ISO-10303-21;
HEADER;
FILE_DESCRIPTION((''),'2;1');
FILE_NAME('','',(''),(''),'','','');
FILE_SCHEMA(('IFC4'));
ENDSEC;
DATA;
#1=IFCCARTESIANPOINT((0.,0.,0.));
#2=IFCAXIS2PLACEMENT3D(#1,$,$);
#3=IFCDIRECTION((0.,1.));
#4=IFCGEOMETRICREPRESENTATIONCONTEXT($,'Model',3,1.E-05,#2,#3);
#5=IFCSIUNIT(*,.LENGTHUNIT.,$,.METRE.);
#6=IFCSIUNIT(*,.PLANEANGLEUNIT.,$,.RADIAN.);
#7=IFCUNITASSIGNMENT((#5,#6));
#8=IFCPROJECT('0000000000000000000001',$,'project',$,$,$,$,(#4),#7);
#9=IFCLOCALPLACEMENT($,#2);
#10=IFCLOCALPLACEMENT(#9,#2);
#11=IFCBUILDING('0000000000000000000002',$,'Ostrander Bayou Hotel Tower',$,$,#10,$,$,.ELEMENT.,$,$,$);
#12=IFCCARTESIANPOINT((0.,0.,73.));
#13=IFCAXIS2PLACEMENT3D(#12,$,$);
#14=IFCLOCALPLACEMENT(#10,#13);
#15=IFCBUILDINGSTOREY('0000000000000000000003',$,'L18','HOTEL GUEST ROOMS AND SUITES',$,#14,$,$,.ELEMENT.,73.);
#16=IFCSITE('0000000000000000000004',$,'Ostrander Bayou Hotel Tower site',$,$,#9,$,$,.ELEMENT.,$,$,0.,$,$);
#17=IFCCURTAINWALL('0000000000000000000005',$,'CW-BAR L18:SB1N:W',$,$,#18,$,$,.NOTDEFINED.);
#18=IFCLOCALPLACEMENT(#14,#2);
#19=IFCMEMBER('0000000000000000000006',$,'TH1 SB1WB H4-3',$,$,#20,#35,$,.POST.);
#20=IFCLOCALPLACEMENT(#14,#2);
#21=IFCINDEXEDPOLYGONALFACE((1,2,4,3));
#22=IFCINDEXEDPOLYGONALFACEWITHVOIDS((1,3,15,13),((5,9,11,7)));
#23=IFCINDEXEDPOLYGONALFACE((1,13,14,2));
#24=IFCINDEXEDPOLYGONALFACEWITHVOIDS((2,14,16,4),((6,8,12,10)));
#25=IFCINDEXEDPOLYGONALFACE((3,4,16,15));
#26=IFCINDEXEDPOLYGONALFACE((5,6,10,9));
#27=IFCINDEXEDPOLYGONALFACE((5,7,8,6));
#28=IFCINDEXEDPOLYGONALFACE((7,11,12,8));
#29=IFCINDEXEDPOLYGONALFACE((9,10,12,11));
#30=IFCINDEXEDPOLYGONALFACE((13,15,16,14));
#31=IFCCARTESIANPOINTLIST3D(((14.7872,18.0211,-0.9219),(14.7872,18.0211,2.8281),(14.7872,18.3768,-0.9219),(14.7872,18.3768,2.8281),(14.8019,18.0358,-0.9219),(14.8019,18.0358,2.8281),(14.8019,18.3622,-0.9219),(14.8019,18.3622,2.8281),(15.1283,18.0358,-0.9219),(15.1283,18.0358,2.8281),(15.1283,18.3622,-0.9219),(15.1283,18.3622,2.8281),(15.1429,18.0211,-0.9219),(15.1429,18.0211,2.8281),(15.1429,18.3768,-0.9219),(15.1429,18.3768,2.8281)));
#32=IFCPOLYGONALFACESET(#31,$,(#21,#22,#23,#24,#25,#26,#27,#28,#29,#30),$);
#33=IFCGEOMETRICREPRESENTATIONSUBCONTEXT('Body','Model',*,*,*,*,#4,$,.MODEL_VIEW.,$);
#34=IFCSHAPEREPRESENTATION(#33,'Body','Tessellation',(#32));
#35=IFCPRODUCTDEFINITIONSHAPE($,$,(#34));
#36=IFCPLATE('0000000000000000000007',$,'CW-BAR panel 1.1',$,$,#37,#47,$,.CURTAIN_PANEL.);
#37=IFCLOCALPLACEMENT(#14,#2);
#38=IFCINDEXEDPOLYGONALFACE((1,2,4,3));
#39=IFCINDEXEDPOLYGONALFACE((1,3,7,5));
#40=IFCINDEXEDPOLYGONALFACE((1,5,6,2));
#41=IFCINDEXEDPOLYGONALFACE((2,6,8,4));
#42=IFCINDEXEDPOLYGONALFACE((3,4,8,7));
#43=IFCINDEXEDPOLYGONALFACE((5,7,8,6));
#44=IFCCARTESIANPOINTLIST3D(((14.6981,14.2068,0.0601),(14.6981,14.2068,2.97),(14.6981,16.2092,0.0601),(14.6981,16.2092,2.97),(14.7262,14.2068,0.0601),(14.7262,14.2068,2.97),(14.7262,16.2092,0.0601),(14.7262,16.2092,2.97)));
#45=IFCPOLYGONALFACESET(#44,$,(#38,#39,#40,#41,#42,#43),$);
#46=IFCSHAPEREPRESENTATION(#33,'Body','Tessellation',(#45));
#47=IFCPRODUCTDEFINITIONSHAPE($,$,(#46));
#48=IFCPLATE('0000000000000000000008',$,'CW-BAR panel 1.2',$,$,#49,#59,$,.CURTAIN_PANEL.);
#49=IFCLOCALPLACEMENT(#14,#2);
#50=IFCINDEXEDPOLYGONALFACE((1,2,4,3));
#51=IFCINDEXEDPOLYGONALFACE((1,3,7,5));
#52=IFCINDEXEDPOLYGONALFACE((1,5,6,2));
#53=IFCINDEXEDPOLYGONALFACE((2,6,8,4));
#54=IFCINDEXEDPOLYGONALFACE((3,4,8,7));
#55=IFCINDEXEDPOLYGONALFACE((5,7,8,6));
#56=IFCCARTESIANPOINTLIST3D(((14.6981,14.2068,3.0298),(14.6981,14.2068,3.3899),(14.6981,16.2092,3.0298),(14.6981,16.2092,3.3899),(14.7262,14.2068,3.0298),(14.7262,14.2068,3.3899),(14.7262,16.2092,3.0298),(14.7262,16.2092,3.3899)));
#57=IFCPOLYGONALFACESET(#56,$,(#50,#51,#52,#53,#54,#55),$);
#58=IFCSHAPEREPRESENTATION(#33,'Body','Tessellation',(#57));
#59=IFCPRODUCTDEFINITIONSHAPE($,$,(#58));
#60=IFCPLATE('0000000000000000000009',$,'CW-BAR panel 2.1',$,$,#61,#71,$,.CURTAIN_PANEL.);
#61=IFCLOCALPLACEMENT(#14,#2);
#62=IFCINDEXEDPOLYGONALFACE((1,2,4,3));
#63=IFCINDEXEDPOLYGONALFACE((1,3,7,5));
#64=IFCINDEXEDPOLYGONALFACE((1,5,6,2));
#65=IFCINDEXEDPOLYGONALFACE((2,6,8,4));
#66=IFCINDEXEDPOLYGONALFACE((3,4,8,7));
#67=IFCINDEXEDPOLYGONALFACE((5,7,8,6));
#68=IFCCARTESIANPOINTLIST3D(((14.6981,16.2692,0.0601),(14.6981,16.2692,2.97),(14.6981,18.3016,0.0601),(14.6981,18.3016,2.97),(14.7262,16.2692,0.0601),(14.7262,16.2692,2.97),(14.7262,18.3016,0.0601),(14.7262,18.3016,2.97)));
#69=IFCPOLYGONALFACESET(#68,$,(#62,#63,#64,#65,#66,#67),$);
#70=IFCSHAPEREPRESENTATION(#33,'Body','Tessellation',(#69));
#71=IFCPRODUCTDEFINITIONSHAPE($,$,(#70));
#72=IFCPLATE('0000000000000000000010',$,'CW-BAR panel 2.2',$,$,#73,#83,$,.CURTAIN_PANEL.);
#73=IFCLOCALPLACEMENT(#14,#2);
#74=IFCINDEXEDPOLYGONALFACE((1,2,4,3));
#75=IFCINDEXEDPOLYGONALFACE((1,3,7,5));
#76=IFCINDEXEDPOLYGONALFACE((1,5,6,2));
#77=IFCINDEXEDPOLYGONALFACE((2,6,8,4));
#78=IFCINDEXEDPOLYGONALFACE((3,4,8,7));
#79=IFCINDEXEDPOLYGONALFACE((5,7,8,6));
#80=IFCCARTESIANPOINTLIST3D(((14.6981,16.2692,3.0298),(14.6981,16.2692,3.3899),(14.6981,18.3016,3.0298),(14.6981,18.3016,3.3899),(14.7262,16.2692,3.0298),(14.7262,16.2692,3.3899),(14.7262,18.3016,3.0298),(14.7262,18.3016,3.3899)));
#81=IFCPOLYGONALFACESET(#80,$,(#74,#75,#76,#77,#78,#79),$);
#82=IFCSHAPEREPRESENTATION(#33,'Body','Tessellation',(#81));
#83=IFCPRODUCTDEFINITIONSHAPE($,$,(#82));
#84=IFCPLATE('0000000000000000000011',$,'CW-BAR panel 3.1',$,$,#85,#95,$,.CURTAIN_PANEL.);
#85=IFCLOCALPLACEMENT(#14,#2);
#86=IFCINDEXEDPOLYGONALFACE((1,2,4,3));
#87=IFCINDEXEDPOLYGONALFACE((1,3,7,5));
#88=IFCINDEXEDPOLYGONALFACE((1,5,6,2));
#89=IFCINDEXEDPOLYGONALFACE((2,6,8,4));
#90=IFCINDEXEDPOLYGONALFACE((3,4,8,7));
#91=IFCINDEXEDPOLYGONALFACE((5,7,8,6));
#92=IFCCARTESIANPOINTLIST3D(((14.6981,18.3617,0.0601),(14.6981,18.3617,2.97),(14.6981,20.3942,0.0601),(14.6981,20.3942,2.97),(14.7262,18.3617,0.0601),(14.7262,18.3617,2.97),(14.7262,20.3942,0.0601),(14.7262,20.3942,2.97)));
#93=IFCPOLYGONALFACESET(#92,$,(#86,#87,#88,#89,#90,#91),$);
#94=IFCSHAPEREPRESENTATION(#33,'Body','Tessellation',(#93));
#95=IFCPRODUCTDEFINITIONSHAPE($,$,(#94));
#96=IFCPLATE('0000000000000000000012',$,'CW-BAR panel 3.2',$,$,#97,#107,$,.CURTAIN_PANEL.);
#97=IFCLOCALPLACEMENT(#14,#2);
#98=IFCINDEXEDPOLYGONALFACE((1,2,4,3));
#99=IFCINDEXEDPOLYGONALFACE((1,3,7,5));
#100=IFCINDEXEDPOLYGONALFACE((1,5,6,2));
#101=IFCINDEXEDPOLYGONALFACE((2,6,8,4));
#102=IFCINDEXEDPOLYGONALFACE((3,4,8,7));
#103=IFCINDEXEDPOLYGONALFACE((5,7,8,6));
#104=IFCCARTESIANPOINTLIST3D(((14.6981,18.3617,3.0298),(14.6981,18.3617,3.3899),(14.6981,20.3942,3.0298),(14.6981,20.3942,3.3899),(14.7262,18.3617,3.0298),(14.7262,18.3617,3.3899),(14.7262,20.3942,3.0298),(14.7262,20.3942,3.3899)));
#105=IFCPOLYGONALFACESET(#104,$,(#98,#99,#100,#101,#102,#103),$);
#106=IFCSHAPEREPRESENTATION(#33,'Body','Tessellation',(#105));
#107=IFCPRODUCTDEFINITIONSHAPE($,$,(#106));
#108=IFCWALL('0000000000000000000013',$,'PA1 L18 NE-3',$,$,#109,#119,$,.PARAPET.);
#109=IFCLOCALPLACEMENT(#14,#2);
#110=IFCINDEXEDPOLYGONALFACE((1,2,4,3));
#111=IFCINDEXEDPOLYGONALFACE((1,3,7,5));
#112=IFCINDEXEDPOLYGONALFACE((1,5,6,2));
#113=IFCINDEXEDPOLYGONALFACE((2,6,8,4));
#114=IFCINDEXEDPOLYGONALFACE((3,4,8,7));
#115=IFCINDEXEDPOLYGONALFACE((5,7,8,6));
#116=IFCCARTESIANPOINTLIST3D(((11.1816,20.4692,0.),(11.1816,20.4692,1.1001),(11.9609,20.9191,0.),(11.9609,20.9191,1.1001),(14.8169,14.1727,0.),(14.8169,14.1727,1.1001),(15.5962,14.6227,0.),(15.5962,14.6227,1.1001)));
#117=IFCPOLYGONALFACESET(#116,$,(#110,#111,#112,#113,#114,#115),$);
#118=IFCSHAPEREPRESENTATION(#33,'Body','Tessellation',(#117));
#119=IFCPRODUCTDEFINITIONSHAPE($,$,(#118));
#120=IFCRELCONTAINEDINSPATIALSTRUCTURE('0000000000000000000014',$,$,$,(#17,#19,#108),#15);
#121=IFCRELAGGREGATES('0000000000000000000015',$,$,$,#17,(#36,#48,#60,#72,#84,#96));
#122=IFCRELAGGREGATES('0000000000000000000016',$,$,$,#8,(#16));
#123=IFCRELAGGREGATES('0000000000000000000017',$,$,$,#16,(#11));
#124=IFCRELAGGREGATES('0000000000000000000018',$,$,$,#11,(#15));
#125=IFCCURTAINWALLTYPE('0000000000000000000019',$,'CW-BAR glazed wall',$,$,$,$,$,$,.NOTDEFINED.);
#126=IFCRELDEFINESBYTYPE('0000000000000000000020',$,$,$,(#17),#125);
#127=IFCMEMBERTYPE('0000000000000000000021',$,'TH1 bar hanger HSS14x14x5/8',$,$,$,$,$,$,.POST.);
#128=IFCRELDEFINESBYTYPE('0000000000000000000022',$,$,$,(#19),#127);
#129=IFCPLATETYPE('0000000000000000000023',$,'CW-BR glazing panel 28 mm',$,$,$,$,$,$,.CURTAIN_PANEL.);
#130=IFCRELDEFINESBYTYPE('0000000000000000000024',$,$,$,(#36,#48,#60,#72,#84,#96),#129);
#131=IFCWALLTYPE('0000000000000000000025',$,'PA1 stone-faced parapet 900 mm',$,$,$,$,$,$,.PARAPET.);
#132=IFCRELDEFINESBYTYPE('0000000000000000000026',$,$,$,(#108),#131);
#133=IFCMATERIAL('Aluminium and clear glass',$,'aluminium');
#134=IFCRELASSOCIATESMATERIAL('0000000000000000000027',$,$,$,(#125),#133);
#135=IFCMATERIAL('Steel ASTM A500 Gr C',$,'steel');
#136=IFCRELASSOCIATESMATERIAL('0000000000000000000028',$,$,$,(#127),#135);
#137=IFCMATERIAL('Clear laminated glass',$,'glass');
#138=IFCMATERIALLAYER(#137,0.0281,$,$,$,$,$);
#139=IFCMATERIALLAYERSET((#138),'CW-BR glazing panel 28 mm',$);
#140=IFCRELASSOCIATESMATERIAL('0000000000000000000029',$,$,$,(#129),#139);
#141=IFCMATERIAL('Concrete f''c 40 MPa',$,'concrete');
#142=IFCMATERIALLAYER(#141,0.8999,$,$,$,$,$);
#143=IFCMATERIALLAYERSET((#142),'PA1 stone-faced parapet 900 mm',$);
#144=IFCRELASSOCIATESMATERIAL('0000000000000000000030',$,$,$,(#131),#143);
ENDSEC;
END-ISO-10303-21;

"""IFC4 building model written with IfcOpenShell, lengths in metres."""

from ifc_helpers import new_model, si_unit, direction, frame, frame_2d, origin, origin_2d, place, context, subcontext, project, spatial, rectangle, hollow_rectangle, extrude, material, layer, layer_set, material_profile, profile_set, type_object, element, aggregate, save


model = new_model("IFC4")

# Units and contexts
model_context = context("Model", 3, precision=1e-05, world=origin(), true_north=direction((0.0, 1.0)))
body_context = subcontext(model_context, "Body", "Model", "MODEL_VIEW")
ifc_project = project(units=[si_unit("LENGTHUNIT", "METRE"), si_unit("PLANEANGLEUNIT", "RADIAN")], contexts=[model_context])

# Site, building, storey
site_placement = place(None, origin())
site = spatial("IfcSite", under=ifc_project, at=site_placement, Name="Ostrander Bayou Hotel Tower site", CompositionType="ELEMENT", RefElevation=0.0)
building_placement = place(site_placement, origin())
building = spatial("IfcBuilding", under=site, at=building_placement, Name="Ostrander Bayou Hotel Tower", CompositionType="ELEMENT")
storey_placement = place(building_placement, frame((0.0, 0.0, 73.0)))
storey = spatial("IfcBuildingStorey", under=building, at=storey_placement, Name="L18", Description="HOTEL GUEST ROOMS AND SUITES", CompositionType="ELEMENT", Elevation=73.0)

# Curtain wall
ifc_material_1 = material(Name="Aluminium and clear glass", Category="aluminium")
curtain_wall_type = type_object("IfcCurtainWallType", Name="CW-BAR glazed wall", PredefinedType="NOTDEFINED", material=ifc_material_1)
curtain_wall_placement = place(storey_placement, origin())
curtain_wall = element("IfcCurtainWall", 1, at=curtain_wall_placement, inside=storey, type_object=curtain_wall_type, Name="CW-BAR L18:SB1N:W", PredefinedType="NOTDEFINED")

# Member
ifc_material_2 = material(Name="Steel ASTM A500 Gr C", Category="steel")
ifc_material_profile_1 = material_profile(ifc_material_2, hollow_rectangle(XDim=0.3557, YDim=0.3557, WallThickness=0.0146, at=origin_2d()))
ifc_profile_set_1 = profile_set([ifc_material_profile_1], Name="Steel ASTM A500 Gr C")
member_type_1 = type_object("IfcMemberType", Name="TH1 bar hanger HSS14x14x5/8", PredefinedType="POST", material=ifc_profile_set_1)
member_1_placement = place(storey_placement, frame((14.9651, 18.199, -0.9219), z_axis=(0.0, 0.0, 1.0), x_axis=(1.0, 0.0, 0.0)))
element("IfcMember", 2, at=member_1_placement, inside=storey, type_object=member_type_1, Name="TH1 SB1WB H4-3", PredefinedType="POST", context=body_context, shape_type="SweptSolid", body=[
    extrude(hollow_rectangle(XDim=0.3557, YDim=0.3557, WallThickness=0.0146, at=origin_2d()), origin(), (0.0, 0.0, 1.0), 3.75),
])

# Plates
ifc_material_3 = material(Name="Clear laminated glass", Category="glass")
ifc_layer_1 = layer(ifc_material_3, 0.0281)
ifc_layer_set_1 = layer_set([ifc_layer_1], Name="CW-BR glazing panel 28 mm")
plate_type = type_object("IfcPlateType", Name="CW-BR glazing panel 28 mm", PredefinedType="CURTAIN_PANEL", material=ifc_layer_set_1)
plate_1_placement = place(storey_placement, frame((14.7122, 15.208, 0.0601), z_axis=(0.0, 0.0, 1.0), x_axis=(0.0, 1.0, 0.0)))
plate_1 = element("IfcPlate", 3, at=plate_1_placement, type_object=plate_type, Name="CW-BAR panel 1.1", PredefinedType="CURTAIN_PANEL", context=body_context, shape_type="SweptSolid", body=[
    extrude(rectangle(XDim=2.0024, YDim=0.0281, at=origin_2d()), origin(), (0.0, 0.0, 1.0), 2.9099),
])
plate_2_placement = place(storey_placement, frame((14.7122, 15.208, 3.0298), z_axis=(0.0, 0.0, 1.0), x_axis=(0.0, 1.0, 0.0)))
plate_2 = element("IfcPlate", 4, at=plate_2_placement, type_object=plate_type, Name="CW-BAR panel 1.2", PredefinedType="CURTAIN_PANEL", context=body_context, shape_type="SweptSolid", body=[
    extrude(rectangle(XDim=2.0024, YDim=0.0281, at=origin_2d()), origin(), (0.0, 0.0, 1.0), 0.3601),
])
plate_3_placement = place(storey_placement, frame((14.7122, 17.2854, 0.0601), z_axis=(0.0, 0.0, 1.0), x_axis=(0.0, 1.0, 0.0)))
plate_3 = element("IfcPlate", 5, at=plate_3_placement, type_object=plate_type, Name="CW-BAR panel 2.1", PredefinedType="CURTAIN_PANEL", context=body_context, shape_type="SweptSolid", body=[
    extrude(rectangle(XDim=2.0325, YDim=0.0281, at=origin_2d()), origin(), (0.0, 0.0, 1.0), 2.9099),
])
plate_4_placement = place(storey_placement, frame((14.7122, 17.2854, 3.0298), z_axis=(0.0, 0.0, 1.0), x_axis=(0.0, 1.0, 0.0)))
plate_4 = element("IfcPlate", 6, at=plate_4_placement, type_object=plate_type, Name="CW-BAR panel 2.2", PredefinedType="CURTAIN_PANEL", context=body_context, shape_type="SweptSolid", body=[
    extrude(rectangle(XDim=2.0325, YDim=0.0281, at=origin_2d()), origin(), (0.0, 0.0, 1.0), 0.3601),
])
plate_5_placement = place(storey_placement, frame((14.7122, 19.3779, 0.0601), z_axis=(0.0, 0.0, 1.0), x_axis=(0.0, 1.0, 0.0)))
plate_5 = element("IfcPlate", 7, at=plate_5_placement, type_object=plate_type, Name="CW-BAR panel 3.1", PredefinedType="CURTAIN_PANEL", context=body_context, shape_type="SweptSolid", body=[
    extrude(rectangle(XDim=2.0325, YDim=0.0281, at=origin_2d()), origin(), (0.0, 0.0, 1.0), 2.9099),
])
plate_6_placement = place(storey_placement, frame((14.7122, 19.3779, 3.0298), z_axis=(0.0, 0.0, 1.0), x_axis=(0.0, 1.0, 0.0)))
plate_6 = element("IfcPlate", 8, at=plate_6_placement, type_object=plate_type, Name="CW-BAR panel 3.2", PredefinedType="CURTAIN_PANEL", context=body_context, shape_type="SweptSolid", body=[
    extrude(rectangle(XDim=2.0325, YDim=0.0281, at=origin_2d()), origin(), (0.0, 0.0, 1.0), 0.3601),
])
aggregate(curtain_wall, [plate_1, plate_2, plate_3, plate_4, plate_5, plate_6])

# Wall
ifc_material_4 = material(Name="Concrete f'c 40 MPa", Category="concrete")
ifc_layer_2 = layer(ifc_material_4, 0.8999)
ifc_layer_set_2 = layer_set([ifc_layer_2], Name="PA1 stone-faced parapet 900 mm")
wall_type = type_object("IfcWallType", Name="PA1 stone-faced parapet 900 mm", PredefinedType="PARAPET", material=ifc_layer_set_2)
wall_placement = place(storey_placement, frame((15.2065, 14.3977, 0.0), z_axis=(0.0, 0.0, 1.0), x_axis=(-0.500003, 0.866023, 0.0)))
element("IfcWall", 9, at=wall_placement, inside=storey, type_object=wall_type, Name="PA1 L18 NE-3", PredefinedType="PARAPET", context=body_context, shape_type="SweptSolid", body=[
    extrude(rectangle(XDim=7.2705, YDim=0.8999, at=frame_2d((3.6353, 0.0))), origin(), (0.0, 0.0, 1.0), 1.1001),
])

save(model, "model.ifc")
